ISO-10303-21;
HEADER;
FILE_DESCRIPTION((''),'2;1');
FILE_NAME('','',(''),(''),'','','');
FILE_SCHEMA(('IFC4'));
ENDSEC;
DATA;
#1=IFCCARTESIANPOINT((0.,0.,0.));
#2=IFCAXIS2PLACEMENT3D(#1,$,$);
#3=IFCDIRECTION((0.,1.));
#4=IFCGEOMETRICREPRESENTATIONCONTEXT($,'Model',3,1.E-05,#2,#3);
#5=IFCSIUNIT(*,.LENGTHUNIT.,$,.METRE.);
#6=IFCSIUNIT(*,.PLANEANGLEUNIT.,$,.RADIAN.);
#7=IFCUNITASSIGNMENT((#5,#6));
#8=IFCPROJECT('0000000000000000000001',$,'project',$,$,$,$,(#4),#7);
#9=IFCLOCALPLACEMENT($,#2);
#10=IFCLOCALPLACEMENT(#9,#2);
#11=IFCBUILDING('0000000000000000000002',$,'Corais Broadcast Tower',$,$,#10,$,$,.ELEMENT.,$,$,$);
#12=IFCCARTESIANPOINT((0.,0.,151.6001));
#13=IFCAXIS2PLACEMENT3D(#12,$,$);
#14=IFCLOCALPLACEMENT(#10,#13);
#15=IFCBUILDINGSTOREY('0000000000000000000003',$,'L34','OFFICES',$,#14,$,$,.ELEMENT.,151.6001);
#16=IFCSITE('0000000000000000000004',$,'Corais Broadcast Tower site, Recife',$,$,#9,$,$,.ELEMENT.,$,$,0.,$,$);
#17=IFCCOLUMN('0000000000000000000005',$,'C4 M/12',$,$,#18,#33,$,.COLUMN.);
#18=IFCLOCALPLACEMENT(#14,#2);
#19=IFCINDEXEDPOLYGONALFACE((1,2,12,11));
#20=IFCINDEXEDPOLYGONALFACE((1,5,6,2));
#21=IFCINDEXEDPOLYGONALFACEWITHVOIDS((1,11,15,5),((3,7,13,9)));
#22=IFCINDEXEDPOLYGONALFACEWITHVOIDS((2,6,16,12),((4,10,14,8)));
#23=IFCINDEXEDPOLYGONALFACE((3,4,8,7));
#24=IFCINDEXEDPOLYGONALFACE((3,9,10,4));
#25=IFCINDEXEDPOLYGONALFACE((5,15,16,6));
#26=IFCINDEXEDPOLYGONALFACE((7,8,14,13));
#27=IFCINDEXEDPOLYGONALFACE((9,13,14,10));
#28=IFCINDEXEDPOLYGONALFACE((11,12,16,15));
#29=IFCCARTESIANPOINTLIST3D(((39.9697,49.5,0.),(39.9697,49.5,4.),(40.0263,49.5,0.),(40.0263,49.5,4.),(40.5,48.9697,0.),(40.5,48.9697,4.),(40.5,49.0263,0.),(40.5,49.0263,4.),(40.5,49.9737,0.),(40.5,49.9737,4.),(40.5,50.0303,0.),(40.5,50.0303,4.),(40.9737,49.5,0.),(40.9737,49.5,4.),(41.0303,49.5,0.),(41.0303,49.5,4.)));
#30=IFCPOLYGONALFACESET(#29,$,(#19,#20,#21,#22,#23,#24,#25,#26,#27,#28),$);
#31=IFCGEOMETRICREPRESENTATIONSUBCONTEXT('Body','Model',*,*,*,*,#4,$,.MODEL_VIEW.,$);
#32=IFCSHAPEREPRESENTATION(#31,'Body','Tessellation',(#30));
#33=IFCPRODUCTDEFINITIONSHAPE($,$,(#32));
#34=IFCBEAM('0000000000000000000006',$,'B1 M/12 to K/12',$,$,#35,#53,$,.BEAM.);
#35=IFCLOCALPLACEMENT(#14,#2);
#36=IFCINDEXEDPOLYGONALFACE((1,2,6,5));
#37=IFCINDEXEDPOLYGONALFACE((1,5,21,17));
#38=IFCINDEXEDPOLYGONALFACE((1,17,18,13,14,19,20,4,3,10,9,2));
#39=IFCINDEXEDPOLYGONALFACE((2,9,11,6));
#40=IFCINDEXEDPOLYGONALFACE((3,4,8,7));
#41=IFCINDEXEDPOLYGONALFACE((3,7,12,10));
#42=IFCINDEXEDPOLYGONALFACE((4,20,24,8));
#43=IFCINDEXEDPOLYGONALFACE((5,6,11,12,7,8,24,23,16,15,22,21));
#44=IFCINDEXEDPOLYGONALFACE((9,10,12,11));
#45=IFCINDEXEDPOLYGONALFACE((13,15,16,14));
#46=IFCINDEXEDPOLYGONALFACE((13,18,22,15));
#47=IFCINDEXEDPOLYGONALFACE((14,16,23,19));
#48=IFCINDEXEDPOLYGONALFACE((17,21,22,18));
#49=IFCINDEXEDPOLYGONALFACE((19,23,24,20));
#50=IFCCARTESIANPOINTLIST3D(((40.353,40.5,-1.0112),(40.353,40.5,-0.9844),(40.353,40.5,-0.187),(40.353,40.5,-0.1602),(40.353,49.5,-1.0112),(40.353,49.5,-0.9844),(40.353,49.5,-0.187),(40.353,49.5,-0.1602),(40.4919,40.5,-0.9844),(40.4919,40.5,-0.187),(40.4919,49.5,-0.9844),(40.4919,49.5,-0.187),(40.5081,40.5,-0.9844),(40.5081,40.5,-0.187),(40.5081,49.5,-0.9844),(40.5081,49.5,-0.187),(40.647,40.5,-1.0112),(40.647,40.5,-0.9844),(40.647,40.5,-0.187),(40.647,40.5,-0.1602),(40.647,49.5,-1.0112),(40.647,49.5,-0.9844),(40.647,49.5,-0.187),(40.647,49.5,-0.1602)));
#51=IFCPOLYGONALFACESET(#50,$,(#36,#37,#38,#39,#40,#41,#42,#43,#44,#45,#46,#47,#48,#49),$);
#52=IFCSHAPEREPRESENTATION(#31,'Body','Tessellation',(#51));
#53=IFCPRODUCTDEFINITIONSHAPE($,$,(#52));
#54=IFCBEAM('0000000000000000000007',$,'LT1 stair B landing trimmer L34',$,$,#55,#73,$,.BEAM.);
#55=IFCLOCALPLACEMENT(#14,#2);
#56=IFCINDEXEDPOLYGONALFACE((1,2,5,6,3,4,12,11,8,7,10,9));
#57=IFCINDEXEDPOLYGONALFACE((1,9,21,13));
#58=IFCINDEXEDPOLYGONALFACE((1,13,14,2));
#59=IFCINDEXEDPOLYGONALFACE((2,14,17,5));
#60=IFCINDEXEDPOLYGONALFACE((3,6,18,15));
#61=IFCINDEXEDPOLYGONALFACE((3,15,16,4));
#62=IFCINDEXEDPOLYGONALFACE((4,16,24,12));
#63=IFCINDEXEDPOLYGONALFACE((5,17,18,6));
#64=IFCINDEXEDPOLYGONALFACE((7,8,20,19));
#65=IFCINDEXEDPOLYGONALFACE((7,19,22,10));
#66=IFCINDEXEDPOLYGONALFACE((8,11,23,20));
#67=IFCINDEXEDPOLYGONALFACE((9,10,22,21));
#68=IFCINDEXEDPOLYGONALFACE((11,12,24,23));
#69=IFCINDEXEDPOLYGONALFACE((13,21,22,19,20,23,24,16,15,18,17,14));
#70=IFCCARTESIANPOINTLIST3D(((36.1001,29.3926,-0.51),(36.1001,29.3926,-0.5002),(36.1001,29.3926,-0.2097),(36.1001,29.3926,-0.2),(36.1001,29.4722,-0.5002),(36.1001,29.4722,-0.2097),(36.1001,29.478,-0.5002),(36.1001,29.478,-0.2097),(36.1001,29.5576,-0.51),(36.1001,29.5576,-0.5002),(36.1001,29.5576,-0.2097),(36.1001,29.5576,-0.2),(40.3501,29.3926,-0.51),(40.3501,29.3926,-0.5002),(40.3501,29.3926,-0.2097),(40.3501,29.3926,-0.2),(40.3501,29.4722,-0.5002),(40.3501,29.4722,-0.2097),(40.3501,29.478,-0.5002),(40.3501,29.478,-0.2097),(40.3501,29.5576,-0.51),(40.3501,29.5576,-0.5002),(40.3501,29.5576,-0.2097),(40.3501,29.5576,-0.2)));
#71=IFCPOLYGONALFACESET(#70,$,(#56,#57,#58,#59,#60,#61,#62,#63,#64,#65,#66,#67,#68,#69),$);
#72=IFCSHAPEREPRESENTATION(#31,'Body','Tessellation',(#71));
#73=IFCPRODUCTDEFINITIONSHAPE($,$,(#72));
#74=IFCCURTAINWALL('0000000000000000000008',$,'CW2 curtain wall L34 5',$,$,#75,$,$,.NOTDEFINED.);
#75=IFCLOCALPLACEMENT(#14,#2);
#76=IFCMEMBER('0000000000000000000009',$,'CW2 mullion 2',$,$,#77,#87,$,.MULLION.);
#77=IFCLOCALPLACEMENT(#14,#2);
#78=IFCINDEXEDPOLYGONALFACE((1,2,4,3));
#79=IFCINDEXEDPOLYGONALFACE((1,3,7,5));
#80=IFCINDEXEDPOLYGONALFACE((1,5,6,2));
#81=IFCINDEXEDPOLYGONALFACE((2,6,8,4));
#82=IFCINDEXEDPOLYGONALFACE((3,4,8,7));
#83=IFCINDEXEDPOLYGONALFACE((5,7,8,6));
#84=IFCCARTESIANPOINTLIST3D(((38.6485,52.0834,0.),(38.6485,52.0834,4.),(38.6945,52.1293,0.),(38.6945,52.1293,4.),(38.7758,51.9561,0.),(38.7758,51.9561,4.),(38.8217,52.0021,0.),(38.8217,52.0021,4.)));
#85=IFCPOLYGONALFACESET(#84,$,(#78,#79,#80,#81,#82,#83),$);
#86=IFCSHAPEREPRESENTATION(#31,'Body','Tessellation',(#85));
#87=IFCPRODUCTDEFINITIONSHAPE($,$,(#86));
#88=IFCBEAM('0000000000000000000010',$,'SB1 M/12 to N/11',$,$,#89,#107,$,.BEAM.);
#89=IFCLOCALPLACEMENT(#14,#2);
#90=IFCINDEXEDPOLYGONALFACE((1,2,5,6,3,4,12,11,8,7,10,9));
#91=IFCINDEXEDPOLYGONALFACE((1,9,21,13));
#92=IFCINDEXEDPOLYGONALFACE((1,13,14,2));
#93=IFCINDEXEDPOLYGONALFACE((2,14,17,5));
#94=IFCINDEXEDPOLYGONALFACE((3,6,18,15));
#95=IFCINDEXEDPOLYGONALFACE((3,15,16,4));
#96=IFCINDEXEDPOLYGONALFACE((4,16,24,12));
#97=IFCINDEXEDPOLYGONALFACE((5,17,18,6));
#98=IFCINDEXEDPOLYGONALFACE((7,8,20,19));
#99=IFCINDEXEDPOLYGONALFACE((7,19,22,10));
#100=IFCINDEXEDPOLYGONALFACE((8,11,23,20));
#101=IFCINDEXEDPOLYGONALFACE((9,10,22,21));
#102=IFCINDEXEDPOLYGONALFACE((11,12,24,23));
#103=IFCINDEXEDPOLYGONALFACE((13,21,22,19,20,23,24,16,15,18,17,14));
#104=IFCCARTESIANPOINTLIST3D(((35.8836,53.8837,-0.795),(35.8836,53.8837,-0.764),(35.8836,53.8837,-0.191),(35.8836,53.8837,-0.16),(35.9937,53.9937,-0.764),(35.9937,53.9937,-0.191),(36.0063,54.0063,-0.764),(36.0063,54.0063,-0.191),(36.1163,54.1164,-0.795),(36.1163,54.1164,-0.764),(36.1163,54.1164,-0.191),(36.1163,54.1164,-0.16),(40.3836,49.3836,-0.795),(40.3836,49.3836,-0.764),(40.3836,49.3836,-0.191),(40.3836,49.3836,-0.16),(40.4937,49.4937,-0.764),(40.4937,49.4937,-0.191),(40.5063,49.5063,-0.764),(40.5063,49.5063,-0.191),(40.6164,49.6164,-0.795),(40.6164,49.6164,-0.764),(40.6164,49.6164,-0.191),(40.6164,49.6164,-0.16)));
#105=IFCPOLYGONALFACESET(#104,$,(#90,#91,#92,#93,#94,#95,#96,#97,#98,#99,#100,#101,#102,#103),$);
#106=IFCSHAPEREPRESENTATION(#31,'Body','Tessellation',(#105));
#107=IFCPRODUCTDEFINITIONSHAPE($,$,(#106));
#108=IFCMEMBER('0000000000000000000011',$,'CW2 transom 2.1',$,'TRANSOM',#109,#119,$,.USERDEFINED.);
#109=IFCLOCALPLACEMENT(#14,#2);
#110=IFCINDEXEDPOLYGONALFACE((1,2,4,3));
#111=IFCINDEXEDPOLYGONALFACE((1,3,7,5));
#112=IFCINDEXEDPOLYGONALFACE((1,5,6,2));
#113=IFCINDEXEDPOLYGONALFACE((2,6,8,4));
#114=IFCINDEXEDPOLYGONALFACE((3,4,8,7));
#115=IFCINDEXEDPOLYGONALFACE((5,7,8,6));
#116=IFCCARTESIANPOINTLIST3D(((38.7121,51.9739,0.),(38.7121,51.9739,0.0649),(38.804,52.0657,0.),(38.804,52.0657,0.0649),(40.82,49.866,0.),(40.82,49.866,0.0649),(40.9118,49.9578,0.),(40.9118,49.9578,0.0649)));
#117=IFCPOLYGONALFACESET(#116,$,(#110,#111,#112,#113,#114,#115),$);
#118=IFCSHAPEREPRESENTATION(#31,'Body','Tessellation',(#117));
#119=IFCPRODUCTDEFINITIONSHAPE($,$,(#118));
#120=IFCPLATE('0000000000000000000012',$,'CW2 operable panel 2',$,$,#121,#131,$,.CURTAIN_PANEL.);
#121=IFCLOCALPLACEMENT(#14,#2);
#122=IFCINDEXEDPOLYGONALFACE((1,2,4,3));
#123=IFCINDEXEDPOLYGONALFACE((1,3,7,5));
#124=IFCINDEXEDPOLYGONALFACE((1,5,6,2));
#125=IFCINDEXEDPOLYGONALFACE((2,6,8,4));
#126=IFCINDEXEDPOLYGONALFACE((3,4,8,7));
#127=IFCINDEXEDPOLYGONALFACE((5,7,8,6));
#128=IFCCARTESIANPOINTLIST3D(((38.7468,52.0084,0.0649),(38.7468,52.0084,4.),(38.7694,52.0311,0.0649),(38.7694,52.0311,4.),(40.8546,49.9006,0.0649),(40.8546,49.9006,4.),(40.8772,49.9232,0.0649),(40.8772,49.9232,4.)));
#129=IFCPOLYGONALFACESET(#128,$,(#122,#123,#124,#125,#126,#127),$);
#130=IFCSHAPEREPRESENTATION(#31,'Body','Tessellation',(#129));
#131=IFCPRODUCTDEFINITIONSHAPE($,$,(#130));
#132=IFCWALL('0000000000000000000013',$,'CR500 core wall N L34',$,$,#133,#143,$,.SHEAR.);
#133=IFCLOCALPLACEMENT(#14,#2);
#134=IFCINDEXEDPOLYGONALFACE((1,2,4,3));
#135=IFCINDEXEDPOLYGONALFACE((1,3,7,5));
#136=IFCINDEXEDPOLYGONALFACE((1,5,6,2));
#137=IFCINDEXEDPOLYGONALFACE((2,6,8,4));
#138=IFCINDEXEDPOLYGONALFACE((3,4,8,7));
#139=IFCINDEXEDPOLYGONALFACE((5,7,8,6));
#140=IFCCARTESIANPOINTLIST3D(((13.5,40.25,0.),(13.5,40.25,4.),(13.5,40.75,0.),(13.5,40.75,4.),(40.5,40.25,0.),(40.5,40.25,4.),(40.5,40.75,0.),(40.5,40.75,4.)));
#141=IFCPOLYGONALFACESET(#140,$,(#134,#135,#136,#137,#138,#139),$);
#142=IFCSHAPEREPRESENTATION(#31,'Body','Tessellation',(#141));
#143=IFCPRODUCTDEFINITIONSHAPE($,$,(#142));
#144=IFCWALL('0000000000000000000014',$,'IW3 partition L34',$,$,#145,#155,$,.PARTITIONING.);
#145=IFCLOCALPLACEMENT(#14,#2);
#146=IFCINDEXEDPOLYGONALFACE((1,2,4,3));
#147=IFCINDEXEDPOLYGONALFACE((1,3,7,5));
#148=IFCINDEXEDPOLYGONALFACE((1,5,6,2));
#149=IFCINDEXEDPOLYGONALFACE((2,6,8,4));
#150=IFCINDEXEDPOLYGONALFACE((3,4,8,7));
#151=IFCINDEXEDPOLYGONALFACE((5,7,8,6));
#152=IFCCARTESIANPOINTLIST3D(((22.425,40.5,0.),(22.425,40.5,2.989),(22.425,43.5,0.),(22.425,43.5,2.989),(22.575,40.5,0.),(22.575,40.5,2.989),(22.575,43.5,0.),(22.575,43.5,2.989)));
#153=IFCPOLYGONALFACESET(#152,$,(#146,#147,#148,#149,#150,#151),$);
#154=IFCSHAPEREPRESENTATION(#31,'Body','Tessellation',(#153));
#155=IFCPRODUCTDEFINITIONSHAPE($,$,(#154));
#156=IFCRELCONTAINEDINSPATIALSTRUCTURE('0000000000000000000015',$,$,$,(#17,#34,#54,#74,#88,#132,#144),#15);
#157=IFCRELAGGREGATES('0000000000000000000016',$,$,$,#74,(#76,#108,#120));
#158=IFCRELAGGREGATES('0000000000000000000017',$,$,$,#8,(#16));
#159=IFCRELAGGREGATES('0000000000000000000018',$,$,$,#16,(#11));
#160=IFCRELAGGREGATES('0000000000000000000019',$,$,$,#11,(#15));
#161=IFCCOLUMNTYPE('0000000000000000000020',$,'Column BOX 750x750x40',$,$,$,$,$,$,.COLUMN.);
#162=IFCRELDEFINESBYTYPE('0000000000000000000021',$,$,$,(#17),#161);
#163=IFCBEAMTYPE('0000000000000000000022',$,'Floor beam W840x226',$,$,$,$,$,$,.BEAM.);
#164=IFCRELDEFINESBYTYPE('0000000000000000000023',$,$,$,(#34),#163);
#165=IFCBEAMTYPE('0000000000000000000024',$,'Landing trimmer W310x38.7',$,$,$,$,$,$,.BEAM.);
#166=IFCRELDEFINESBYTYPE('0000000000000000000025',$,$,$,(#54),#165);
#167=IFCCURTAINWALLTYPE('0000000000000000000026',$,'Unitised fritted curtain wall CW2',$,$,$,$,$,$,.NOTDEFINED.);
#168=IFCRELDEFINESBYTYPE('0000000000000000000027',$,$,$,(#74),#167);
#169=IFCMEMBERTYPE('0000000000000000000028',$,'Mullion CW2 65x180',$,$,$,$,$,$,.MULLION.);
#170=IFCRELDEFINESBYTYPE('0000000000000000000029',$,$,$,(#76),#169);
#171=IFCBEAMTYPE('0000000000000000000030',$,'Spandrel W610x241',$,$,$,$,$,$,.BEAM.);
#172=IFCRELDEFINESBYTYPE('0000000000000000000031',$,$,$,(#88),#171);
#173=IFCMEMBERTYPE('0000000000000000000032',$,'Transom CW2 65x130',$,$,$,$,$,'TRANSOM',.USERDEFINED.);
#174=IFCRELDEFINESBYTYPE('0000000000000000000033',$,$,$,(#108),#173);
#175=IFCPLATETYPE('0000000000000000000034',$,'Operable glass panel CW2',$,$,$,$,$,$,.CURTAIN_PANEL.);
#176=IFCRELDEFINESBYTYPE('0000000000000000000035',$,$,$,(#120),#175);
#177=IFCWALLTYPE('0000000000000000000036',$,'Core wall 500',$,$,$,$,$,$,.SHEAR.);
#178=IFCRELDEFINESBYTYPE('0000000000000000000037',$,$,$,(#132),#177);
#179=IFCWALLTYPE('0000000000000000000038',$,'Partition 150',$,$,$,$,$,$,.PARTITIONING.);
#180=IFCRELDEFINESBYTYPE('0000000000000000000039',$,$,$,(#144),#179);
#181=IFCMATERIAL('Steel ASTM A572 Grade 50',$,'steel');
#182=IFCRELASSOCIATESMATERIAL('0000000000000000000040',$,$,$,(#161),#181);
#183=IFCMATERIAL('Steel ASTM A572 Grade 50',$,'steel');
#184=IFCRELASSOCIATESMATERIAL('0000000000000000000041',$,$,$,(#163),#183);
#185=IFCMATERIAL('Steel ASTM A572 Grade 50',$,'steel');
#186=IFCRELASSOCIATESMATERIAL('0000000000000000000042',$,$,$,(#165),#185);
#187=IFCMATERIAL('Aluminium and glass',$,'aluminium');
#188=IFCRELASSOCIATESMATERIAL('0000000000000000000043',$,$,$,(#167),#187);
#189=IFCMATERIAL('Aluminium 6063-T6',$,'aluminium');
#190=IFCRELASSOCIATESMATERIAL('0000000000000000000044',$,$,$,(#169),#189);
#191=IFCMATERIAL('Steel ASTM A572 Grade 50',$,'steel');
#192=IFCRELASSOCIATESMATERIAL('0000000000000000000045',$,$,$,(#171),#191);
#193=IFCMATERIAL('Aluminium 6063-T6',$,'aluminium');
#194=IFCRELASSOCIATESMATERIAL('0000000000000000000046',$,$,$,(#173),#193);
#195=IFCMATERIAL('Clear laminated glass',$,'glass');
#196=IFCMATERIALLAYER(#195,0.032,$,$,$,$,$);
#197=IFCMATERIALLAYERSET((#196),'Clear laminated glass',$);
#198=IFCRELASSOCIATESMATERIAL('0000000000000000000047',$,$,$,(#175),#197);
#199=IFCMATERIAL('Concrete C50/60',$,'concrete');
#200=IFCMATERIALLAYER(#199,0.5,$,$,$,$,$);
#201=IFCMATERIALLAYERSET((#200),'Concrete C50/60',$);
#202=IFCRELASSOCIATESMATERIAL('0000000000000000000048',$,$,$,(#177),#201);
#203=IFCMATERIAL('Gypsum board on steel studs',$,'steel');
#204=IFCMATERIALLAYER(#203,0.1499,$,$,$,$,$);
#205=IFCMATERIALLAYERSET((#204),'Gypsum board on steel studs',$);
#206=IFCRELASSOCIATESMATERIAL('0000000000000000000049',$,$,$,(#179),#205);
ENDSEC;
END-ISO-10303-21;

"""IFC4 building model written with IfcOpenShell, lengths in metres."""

from ifc_helpers import new_model, si_unit, direction, frame, frame_2d, origin, origin_2d, place, context, subcontext, project, spatial, rectangle, hollow_rectangle, i_section, extrude, material, layer, layer_set, material_profile, profile_set, type_object, element, aggregate, save


model = new_model("IFC4")

# Units and contexts
model_context = context("Model", 3, precision=1e-05, world=origin(), true_north=direction((0.0, 1.0)))
body_context = subcontext(model_context, "Body", "Model", "MODEL_VIEW")
ifc_project = project(units=[si_unit("LENGTHUNIT", "METRE"), si_unit("PLANEANGLEUNIT", "RADIAN")], contexts=[model_context])

# Site, building, storey
site_placement = place(None, origin())
site = spatial("IfcSite", under=ifc_project, at=site_placement, Name="Corais Broadcast Tower site, Recife", CompositionType="ELEMENT", RefElevation=0.0)
building_placement = place(site_placement, origin())
building = spatial("IfcBuilding", under=site, at=building_placement, Name="Corais Broadcast Tower", CompositionType="ELEMENT")
storey_placement = place(building_placement, frame((0.0, 0.0, 151.6001)))
storey = spatial("IfcBuildingStorey", under=building, at=storey_placement, Name="L34", Description="OFFICES", CompositionType="ELEMENT", Elevation=151.6001)

# Column
ifc_material_1 = material(Name="Steel ASTM A572 Grade 50", Category="steel")
ifc_material_profile_1 = material_profile(ifc_material_1, hollow_rectangle(XDim=0.75, YDim=0.75, WallThickness=0.04, at=origin_2d()), Name="BOX 750x750x40")
ifc_profile_set_1 = profile_set([ifc_material_profile_1], Name="Steel ASTM A572 Grade 50")
column_type = type_object("IfcColumnType", Name="Column BOX 750x750x40", PredefinedType="COLUMN", material=ifc_profile_set_1)
column_placement = place(storey_placement, frame((40.5, 49.5, 0.0), z_axis=(0.0, 0.0, 1.0), x_axis=(0.707107, 0.707107, 0.0)))
element("IfcColumn", 1, at=column_placement, inside=storey, type_object=column_type, Name="C4 M/12", PredefinedType="COLUMN", context=body_context, shape_type="SweptSolid", body=[
    extrude(hollow_rectangle(XDim=0.75, YDim=0.75, WallThickness=0.04, at=origin_2d()), origin(), (0.0, 0.0, 1.0), 4.0),
])

# Beams
ifc_material_2 = material(Name="Steel ASTM A572 Grade 50", Category="steel")
ifc_material_profile_2 = material_profile(ifc_material_2, i_section(OverallWidth=0.2939, OverallDepth=0.8511, WebThickness=0.0161, FlangeThickness=0.0269, at=origin_2d()), Name="W840x226")
ifc_profile_set_2 = profile_set([ifc_material_profile_2], Name="Steel ASTM A572 Grade 50")
beam_type_1 = type_object("IfcBeamType", Name="Floor beam W840x226", PredefinedType="BEAM", material=ifc_profile_set_2)
beam_1_placement = place(storey_placement, frame((40.5, 49.5, -0.5857), z_axis=(0.0, -1.0, 0.0), x_axis=(1.0, 0.0, 0.0)))
element("IfcBeam", 2, at=beam_1_placement, inside=storey, type_object=beam_type_1, Name="B1 M/12 to K/12", PredefinedType="BEAM", context=body_context, shape_type="SweptSolid", body=[
    extrude(i_section(OverallWidth=0.2939, OverallDepth=0.8511, WebThickness=0.0161, FlangeThickness=0.0269, at=origin_2d()), origin(), (0.0, 0.0, 1.0), 9.0),
])
ifc_material_3 = material(Name="Steel ASTM A572 Grade 50", Category="steel")
ifc_material_profile_3 = material_profile(ifc_material_3, i_section(OverallWidth=0.165, OverallDepth=0.3101, WebThickness=0.0059, FlangeThickness=0.0098, at=origin_2d()), Name="W310x38.7")
ifc_profile_set_3 = profile_set([ifc_material_profile_3], Name="Steel ASTM A572 Grade 50")
beam_type_2 = type_object("IfcBeamType", Name="Landing trimmer W310x38.7", PredefinedType="BEAM", material=ifc_profile_set_3)
beam_2_placement = place(storey_placement, frame((36.1001, 29.4751, -0.355), z_axis=(1.0, 0.0, 0.0), x_axis=(0.0, 1.0, 0.0)))
element("IfcBeam", 3, at=beam_2_placement, inside=storey, type_object=beam_type_2, Name="LT1 stair B landing trimmer L34", PredefinedType="BEAM", context=body_context, shape_type="SweptSolid", body=[
    extrude(i_section(OverallWidth=0.165, OverallDepth=0.3101, WebThickness=0.0059, FlangeThickness=0.0098, at=origin_2d()), origin(), (0.0, 0.0, 1.0), 4.25),
])

# Curtain wall, member
ifc_material_4 = material(Name="Aluminium and glass", Category="aluminium")
curtain_wall_type = type_object("IfcCurtainWallType", Name="Unitised fritted curtain wall CW2", PredefinedType="NOTDEFINED", material=ifc_material_4)
curtain_wall_placement = place(storey_placement, origin())
curtain_wall = element("IfcCurtainWall", 4, at=curtain_wall_placement, inside=storey, type_object=curtain_wall_type, Name="CW2 curtain wall L34 5", PredefinedType="NOTDEFINED")
ifc_material_5 = material(Name="Aluminium 6063-T6", Category="aluminium")
ifc_material_profile_4 = material_profile(ifc_material_5, rectangle(XDim=0.0649, YDim=0.1799, at=origin_2d()), Name="Mullion CW2 65x180")
ifc_profile_set_4 = profile_set([ifc_material_profile_4], Name="Aluminium 6063-T6")
member_type_1 = type_object("IfcMemberType", Name="Mullion CW2 65x180", PredefinedType="MULLION", material=ifc_profile_set_4)
member_1_placement = place(storey_placement, frame((38.7351, 52.0427, 0.0), z_axis=(0.0, 0.0, 1.0), x_axis=(0.707107, 0.707107, 0.0)))
member_1 = element("IfcMember", 5, at=member_1_placement, type_object=member_type_1, Name="CW2 mullion 2", PredefinedType="MULLION", context=body_context, shape_type="SweptSolid", body=[
    extrude(rectangle(XDim=0.0649, YDim=0.1799, at=origin_2d()), origin(), (0.0, 0.0, 1.0), 4.0),
])

# Beam
ifc_material_6 = material(Name="Steel ASTM A572 Grade 50", Category="steel")
ifc_material_profile_5 = material_profile(ifc_material_6, i_section(OverallWidth=0.3291, OverallDepth=0.635, WebThickness=0.0178, FlangeThickness=0.031, at=origin_2d()), Name="W610x241")
ifc_profile_set_5 = profile_set([ifc_material_profile_5], Name="Steel ASTM A572 Grade 50")
beam_type_3 = type_object("IfcBeamType", Name="Spandrel W610x241", PredefinedType="BEAM", material=ifc_profile_set_5)
beam_3_placement = place(storey_placement, frame((40.5, 49.5, -0.4775), z_axis=(-0.707107, 0.707107, 0.0), x_axis=(-0.707107, -0.707107, 0.0)))
element("IfcBeam", 6, at=beam_3_placement, inside=storey, type_object=beam_type_3, Name="SB1 M/12 to N/11", PredefinedType="BEAM", context=body_context, shape_type="SweptSolid", body=[
    extrude(i_section(OverallWidth=0.3291, OverallDepth=0.635, WebThickness=0.0178, FlangeThickness=0.031, at=origin_2d()), origin(), (0.0, 0.0, 1.0), 6.364),
])

# Member
ifc_material_7 = material(Name="Aluminium 6063-T6", Category="aluminium")
ifc_material_profile_6 = material_profile(ifc_material_7, rectangle(XDim=0.1299, YDim=0.0649, at=origin_2d()), Name="Transom CW2 65x130")
ifc_profile_set_6 = profile_set([ifc_material_profile_6], Name="Aluminium 6063-T6")
member_type_2 = type_object("IfcMemberType", Name="Transom CW2 65x130", ElementType="TRANSOM", PredefinedType="USERDEFINED", material=ifc_profile_set_6)
member_2_placement = place(storey_placement, frame((38.7581, 52.0198, 0.0325), z_axis=(0.707107, -0.707107, 0.0), x_axis=(0.707107, 0.707107, 0.0)))
member_2 = element("IfcMember", 7, at=member_2_placement, type_object=member_type_2, Name="CW2 transom 2.1", ObjectType="TRANSOM", PredefinedType="USERDEFINED", context=body_context, shape_type="SweptSolid", body=[
    extrude(rectangle(XDim=0.1299, YDim=0.0649, at=origin_2d()), origin(), (0.0, 0.0, 1.0), 2.981),
])

# Plate
ifc_material_8 = material(Name="Clear laminated glass", Category="glass")
ifc_layer_1 = layer(ifc_material_8, 0.032)
ifc_layer_set_1 = layer_set([ifc_layer_1], Name="Clear laminated glass")
plate_type = type_object("IfcPlateType", Name="Operable glass panel CW2", PredefinedType="CURTAIN_PANEL", material=ifc_layer_set_1)
plate_placement = place(storey_placement, frame((39.812, 50.9658, 0.0649), z_axis=(0.0, 0.0, 1.0), x_axis=(0.707107, -0.707107, 0.0)))
plate = element("IfcPlate", 8, at=plate_placement, type_object=plate_type, Name="CW2 operable panel 2", PredefinedType="CURTAIN_PANEL", context=body_context, shape_type="SweptSolid", body=[
    extrude(rectangle(XDim=2.981, YDim=0.032, at=origin_2d()), origin(), (0.0, 0.0, 1.0), 3.9351),
])
aggregate(curtain_wall, [member_1, member_2, plate])

# Walls
ifc_material_9 = material(Name="Concrete C50/60", Category="concrete")
ifc_layer_2 = layer(ifc_material_9, 0.5)
ifc_layer_set_2 = layer_set([ifc_layer_2], Name="Concrete C50/60")
wall_type_1 = type_object("IfcWallType", Name="Core wall 500", PredefinedType="SHEAR", material=ifc_layer_set_2)
wall_1_placement = place(storey_placement, frame((40.5, 40.5, 0.0), z_axis=(0.0, 0.0, 1.0), x_axis=(-1.0, 0.0, 0.0)))
element("IfcWall", 9, at=wall_1_placement, inside=storey, type_object=wall_type_1, Name="CR500 core wall N L34", PredefinedType="SHEAR", context=body_context, shape_type="SweptSolid", body=[
    extrude(rectangle(XDim=27.0, YDim=0.5, at=frame_2d((13.5, 0.0))), origin(), (0.0, 0.0, 1.0), 4.0),
])
ifc_material_10 = material(Name="Gypsum board on steel studs", Category="steel")
ifc_layer_3 = layer(ifc_material_10, 0.1499)
ifc_layer_set_3 = layer_set([ifc_layer_3], Name="Gypsum board on steel studs")
wall_type_2 = type_object("IfcWallType", Name="Partition 150", PredefinedType="PARTITIONING", material=ifc_layer_set_3)
wall_2_placement = place(storey_placement, frame((22.5, 40.5, 0.0), z_axis=(0.0, 0.0, 1.0), x_axis=(0.0, 1.0, 0.0)))
element("IfcWall", 10, at=wall_2_placement, inside=storey, type_object=wall_type_2, Name="IW3 partition L34", PredefinedType="PARTITIONING", context=body_context, shape_type="SweptSolid", body=[
    extrude(rectangle(XDim=3.0, YDim=0.1499, at=frame_2d((1.5, 0.0))), origin(), (0.0, 0.0, 1.0), 2.989),
])

save(model, "model.ifc")
